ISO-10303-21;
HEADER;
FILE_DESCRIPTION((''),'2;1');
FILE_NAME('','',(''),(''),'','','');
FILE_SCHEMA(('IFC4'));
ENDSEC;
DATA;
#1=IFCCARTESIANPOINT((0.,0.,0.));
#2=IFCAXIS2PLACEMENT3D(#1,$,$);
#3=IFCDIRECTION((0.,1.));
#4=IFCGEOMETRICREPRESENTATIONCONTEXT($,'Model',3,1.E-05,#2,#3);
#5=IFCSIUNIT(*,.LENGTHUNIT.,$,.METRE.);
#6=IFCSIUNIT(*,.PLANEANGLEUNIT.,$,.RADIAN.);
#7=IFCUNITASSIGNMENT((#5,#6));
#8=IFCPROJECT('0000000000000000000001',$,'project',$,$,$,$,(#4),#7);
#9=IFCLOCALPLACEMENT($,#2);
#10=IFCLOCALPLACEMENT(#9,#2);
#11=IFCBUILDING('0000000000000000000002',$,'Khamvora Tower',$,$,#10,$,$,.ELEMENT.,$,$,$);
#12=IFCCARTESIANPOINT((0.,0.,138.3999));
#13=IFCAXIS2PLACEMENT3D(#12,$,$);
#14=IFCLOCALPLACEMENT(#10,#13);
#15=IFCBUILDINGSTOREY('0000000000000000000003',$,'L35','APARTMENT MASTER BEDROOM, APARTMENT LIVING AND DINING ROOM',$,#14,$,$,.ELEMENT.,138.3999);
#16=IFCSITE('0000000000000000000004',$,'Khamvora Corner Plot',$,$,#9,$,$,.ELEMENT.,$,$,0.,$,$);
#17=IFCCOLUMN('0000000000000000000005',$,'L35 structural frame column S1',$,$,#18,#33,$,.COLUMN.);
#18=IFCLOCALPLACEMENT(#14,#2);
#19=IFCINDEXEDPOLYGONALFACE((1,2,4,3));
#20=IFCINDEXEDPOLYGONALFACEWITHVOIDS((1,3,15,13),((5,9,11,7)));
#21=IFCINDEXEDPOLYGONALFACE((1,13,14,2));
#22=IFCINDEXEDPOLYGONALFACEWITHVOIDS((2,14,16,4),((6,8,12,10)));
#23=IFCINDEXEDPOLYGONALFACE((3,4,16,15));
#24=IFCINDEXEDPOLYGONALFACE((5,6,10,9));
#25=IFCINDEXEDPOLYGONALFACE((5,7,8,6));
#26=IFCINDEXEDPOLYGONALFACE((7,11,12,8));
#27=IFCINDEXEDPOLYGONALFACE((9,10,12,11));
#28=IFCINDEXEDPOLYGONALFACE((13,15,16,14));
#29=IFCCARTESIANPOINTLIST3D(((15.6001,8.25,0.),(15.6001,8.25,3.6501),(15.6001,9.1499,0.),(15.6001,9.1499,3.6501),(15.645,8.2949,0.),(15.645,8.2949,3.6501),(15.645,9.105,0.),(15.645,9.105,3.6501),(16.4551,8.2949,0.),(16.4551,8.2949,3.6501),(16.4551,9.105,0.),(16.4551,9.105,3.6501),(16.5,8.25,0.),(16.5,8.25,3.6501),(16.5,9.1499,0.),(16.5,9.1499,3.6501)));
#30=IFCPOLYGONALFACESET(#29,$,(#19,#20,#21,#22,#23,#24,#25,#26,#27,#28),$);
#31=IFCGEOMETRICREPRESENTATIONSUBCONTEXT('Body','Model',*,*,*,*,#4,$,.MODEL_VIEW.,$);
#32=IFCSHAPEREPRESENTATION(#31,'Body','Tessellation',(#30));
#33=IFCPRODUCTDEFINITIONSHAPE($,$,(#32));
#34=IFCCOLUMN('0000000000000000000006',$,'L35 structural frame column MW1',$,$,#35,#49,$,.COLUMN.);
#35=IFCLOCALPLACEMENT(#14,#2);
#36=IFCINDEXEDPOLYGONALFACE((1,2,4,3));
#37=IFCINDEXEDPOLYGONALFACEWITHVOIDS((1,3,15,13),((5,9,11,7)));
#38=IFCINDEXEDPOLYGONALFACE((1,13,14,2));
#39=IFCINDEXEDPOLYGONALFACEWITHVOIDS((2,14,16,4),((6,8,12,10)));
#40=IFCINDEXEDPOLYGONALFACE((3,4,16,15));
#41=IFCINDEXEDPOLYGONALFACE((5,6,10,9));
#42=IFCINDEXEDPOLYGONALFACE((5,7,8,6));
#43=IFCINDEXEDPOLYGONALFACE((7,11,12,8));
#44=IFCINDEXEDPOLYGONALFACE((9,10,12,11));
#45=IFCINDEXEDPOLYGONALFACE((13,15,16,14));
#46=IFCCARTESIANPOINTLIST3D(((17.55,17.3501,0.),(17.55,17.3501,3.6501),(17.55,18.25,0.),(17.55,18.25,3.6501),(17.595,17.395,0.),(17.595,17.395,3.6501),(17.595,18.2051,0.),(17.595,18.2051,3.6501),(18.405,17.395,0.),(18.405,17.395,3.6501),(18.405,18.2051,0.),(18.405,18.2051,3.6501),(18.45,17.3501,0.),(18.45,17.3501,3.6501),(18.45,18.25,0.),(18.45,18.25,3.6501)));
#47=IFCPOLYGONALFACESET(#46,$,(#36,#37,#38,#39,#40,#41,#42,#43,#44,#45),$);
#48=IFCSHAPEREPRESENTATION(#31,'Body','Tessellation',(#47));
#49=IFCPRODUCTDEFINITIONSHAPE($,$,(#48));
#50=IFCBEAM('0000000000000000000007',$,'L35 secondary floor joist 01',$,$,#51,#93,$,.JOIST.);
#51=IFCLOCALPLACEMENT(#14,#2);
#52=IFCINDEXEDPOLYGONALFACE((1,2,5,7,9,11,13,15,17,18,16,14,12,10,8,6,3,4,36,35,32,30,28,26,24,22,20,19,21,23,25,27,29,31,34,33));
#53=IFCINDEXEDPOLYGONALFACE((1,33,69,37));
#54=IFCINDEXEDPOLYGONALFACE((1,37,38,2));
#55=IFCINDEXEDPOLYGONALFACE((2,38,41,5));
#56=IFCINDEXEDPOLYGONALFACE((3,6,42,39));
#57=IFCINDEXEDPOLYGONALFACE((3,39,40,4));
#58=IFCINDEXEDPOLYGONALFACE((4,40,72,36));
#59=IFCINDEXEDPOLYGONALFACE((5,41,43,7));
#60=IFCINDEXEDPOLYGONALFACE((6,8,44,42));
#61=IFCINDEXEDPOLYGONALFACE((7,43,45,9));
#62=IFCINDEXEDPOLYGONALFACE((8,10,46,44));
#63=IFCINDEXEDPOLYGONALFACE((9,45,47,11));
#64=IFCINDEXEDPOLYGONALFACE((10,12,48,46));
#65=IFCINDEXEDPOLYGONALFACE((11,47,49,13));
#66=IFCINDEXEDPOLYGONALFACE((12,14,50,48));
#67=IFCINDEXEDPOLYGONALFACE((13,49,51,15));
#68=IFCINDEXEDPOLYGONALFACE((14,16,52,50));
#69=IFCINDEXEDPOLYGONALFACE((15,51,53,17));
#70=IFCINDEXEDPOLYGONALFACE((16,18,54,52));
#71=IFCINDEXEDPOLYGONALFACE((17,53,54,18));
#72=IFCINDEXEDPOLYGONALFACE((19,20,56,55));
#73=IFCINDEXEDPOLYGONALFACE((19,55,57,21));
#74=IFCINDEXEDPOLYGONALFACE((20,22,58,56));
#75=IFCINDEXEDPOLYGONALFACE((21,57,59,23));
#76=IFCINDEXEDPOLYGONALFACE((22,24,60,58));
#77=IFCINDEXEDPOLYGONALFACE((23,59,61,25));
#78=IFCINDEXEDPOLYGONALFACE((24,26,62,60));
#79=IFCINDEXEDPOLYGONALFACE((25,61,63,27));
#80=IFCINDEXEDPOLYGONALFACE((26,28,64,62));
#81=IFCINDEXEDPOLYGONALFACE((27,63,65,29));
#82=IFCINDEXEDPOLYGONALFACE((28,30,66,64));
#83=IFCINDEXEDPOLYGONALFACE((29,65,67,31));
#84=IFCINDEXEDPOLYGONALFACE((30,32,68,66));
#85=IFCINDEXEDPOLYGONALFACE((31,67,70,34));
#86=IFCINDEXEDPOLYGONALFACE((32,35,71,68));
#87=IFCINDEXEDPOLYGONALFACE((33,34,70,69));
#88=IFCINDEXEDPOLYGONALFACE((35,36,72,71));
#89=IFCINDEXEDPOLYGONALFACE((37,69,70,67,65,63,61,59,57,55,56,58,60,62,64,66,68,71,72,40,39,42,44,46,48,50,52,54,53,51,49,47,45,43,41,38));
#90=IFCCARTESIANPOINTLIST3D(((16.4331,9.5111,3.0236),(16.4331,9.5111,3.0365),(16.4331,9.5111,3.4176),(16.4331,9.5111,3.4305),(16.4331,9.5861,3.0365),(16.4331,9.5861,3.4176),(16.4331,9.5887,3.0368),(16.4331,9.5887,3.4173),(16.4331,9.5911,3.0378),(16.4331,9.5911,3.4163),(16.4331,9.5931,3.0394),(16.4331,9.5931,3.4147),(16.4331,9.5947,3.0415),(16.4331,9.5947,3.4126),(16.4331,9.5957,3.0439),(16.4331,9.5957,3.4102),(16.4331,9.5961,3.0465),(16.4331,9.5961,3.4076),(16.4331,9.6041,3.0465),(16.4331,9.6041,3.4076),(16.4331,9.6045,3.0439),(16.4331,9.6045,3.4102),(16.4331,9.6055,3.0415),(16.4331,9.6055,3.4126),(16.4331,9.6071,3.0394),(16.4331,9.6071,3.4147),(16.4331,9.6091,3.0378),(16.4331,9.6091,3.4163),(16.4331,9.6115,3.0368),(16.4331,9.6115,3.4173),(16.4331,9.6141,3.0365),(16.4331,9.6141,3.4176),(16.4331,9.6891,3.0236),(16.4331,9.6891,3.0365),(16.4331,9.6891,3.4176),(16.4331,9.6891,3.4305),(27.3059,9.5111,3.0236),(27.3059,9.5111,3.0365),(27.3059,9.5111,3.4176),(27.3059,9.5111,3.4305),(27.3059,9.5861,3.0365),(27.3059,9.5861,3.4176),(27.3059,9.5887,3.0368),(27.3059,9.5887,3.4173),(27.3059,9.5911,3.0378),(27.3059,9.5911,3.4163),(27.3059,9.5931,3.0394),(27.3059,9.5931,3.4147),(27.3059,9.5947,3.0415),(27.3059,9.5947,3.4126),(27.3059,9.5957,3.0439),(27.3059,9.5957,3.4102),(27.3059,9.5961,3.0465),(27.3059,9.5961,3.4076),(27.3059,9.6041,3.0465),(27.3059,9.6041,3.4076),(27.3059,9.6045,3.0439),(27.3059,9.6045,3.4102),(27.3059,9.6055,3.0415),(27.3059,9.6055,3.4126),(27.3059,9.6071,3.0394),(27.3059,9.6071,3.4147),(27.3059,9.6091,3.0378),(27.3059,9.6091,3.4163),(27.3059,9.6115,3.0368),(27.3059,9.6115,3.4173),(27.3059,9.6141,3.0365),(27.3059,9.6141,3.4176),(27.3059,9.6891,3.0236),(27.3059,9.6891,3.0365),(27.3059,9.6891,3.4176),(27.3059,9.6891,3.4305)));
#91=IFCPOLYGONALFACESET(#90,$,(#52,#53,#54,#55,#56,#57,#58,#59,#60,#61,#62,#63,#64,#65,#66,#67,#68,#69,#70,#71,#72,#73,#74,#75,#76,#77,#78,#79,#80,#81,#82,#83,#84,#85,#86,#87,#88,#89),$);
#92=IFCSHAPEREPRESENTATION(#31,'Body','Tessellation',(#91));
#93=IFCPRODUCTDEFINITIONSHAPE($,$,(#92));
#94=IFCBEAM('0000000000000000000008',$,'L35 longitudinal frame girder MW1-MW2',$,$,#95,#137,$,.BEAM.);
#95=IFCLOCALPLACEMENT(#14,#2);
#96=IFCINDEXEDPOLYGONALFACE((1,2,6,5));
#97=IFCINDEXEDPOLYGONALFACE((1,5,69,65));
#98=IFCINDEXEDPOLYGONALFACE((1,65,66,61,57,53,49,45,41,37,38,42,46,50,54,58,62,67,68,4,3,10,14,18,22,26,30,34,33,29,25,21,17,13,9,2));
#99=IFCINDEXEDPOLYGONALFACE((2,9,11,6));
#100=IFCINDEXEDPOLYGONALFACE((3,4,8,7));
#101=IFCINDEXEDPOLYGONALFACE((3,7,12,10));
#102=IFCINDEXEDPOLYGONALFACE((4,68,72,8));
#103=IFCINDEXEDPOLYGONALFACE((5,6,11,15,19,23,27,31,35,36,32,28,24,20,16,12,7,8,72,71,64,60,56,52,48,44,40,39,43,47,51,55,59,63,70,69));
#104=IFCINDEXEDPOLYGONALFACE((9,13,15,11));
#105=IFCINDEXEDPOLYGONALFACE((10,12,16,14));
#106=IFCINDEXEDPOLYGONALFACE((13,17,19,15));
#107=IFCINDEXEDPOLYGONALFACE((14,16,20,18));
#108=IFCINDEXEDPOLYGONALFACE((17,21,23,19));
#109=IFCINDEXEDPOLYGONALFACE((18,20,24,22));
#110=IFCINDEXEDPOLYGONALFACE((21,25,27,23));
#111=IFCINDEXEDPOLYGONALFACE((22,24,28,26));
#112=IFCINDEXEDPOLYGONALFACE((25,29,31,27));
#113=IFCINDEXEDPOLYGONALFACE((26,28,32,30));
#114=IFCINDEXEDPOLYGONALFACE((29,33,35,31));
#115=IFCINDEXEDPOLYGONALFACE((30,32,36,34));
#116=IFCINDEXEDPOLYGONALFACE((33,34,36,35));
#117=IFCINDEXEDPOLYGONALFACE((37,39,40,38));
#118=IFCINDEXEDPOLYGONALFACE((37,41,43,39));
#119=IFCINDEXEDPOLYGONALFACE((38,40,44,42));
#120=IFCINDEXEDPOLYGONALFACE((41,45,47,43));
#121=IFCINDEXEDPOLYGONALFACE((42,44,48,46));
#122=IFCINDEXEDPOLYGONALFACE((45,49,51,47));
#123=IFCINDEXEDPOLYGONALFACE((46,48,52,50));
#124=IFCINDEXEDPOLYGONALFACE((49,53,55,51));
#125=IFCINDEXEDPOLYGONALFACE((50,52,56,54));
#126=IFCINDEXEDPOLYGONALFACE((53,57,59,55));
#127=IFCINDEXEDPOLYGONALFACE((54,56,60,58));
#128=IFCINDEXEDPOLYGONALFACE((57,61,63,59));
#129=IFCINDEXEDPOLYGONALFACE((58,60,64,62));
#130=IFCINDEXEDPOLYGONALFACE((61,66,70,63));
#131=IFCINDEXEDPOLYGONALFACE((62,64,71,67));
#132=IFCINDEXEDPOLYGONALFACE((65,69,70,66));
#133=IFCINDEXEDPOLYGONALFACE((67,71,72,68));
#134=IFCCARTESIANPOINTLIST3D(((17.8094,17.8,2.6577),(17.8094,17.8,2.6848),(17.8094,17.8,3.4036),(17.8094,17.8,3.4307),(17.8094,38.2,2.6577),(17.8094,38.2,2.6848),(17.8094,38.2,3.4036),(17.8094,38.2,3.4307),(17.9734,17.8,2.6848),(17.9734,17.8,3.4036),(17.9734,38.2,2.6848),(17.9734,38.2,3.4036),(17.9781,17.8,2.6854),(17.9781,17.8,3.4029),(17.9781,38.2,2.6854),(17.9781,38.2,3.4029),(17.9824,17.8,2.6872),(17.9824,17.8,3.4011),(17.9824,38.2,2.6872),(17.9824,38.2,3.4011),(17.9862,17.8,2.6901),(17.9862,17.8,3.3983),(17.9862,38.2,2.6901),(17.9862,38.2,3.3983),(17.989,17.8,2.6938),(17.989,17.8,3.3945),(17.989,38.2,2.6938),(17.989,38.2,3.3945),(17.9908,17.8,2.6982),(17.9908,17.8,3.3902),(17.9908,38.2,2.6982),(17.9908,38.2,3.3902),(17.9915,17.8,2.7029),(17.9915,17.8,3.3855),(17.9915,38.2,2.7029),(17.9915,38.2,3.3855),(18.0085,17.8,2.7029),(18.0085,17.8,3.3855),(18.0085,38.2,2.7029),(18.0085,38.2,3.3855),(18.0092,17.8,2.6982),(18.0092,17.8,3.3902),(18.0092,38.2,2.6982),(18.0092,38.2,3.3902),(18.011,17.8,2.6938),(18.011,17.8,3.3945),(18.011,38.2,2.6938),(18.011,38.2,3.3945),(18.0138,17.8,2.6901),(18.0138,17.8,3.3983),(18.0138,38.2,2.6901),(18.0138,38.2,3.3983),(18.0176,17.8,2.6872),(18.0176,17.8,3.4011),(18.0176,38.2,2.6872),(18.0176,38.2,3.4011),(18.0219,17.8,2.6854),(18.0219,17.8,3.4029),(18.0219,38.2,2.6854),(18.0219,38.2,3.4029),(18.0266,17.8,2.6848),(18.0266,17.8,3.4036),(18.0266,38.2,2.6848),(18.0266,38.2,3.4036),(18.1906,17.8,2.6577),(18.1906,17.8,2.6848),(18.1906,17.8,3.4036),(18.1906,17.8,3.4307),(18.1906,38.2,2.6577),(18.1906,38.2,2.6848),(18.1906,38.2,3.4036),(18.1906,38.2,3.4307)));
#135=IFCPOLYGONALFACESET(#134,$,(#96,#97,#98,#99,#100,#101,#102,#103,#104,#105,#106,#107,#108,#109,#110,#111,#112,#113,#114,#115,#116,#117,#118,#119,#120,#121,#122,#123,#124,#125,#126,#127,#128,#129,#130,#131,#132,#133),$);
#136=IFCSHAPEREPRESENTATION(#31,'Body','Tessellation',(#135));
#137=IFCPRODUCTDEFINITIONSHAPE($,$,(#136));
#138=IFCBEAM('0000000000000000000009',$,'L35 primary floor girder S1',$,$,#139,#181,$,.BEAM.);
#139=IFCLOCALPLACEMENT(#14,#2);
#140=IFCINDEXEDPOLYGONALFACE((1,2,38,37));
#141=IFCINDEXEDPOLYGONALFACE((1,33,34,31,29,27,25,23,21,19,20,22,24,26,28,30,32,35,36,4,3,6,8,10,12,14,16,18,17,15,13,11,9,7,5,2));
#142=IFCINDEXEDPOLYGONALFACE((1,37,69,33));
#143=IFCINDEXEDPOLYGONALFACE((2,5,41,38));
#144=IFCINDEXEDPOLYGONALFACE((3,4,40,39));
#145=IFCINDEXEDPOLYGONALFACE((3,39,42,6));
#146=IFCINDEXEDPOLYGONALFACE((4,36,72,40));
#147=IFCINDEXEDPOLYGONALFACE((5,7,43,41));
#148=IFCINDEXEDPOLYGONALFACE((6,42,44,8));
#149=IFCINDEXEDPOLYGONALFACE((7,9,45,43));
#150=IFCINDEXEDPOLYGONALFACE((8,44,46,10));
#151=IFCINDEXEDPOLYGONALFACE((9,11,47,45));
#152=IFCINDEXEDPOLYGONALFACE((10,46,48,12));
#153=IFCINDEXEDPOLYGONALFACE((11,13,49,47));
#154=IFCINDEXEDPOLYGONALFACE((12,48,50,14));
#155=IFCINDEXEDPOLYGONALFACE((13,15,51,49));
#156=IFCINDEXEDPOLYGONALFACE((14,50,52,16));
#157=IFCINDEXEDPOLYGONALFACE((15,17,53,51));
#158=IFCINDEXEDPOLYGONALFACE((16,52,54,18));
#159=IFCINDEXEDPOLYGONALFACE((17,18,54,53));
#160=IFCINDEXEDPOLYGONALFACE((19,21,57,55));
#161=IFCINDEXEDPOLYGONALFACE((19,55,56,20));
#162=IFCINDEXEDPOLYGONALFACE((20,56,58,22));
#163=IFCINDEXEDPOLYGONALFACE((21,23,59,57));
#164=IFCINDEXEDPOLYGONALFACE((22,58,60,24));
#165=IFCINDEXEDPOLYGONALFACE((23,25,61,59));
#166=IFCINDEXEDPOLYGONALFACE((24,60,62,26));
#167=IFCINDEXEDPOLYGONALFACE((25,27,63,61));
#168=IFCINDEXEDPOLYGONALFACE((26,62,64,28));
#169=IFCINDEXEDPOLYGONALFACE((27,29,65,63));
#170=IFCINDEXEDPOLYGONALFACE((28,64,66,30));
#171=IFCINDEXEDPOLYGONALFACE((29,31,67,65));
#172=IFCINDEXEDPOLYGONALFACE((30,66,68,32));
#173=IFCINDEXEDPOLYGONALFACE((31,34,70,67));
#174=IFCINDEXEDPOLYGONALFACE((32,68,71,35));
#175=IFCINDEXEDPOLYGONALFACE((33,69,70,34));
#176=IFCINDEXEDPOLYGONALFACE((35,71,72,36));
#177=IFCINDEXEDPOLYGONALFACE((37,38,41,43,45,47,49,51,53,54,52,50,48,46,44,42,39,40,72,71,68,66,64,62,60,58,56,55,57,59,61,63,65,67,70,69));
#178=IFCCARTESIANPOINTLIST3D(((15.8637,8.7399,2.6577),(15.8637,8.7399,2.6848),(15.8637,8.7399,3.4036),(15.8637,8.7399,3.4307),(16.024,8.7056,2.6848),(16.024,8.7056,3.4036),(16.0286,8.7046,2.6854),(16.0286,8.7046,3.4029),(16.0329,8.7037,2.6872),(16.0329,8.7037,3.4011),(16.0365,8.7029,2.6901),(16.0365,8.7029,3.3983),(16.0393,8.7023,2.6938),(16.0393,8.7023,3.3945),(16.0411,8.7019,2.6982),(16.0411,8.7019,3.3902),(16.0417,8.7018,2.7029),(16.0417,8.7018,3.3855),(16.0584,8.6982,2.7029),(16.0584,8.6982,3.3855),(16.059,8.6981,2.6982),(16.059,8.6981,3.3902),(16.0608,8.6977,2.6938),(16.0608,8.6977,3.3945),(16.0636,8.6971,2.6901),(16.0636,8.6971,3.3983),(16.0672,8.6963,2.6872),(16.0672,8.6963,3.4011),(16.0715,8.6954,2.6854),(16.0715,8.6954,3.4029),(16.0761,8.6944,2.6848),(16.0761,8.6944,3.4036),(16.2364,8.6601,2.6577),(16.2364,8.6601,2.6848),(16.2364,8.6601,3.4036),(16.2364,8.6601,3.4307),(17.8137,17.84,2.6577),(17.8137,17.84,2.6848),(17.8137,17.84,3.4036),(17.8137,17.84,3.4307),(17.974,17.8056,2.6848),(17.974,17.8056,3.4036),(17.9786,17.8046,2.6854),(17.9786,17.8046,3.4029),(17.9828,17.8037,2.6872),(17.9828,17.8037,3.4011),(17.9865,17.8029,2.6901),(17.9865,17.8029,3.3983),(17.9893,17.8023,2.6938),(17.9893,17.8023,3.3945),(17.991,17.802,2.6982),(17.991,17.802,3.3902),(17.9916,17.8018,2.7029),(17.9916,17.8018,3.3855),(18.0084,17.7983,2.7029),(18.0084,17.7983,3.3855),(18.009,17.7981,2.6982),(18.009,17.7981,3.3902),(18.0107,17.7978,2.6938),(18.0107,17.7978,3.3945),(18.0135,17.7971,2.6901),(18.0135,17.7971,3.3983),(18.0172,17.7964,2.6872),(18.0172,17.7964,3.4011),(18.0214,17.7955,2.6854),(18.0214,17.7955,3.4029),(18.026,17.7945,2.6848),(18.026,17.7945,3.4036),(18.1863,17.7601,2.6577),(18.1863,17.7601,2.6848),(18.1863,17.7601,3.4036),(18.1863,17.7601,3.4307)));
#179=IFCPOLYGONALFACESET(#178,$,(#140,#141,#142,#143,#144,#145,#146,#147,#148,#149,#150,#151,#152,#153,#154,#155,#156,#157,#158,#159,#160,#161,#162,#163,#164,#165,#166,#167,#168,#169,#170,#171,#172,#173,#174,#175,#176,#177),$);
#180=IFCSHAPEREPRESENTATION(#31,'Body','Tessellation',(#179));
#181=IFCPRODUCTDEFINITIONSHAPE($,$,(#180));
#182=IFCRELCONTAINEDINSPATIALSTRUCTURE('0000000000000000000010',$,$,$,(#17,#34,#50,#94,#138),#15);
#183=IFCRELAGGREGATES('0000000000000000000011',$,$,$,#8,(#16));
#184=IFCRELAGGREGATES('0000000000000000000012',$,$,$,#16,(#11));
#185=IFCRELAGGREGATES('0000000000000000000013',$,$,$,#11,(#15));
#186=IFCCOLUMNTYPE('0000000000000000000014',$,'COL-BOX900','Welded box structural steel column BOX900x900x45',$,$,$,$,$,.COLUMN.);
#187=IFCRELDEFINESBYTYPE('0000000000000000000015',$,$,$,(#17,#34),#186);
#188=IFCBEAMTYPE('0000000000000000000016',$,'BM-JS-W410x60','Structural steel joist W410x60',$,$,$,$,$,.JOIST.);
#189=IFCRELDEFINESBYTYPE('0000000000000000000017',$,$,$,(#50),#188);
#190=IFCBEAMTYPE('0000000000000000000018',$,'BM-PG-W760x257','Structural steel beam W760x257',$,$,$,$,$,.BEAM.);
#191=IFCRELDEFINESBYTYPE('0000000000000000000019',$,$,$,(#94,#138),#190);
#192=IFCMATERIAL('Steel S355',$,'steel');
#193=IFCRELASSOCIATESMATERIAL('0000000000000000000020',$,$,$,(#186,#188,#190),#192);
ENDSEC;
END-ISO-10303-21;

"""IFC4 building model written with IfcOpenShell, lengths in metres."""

from ifc_helpers import new_model, si_unit, direction, frame, origin, origin_2d, place, context, subcontext, project, spatial, hollow_rectangle, i_section, extrude, material, material_profile, profile_set, type_object, element, save


model = new_model("IFC4")

# Units and contexts
model_context = context("Model", 3, precision=1e-05, world=origin(), true_north=direction((0.0, 1.0)))
body_context = subcontext(model_context, "Body", "Model", "MODEL_VIEW")
ifc_project = project(units=[si_unit("LENGTHUNIT", "METRE"), si_unit("PLANEANGLEUNIT", "RADIAN")], contexts=[model_context])

# Site, building, storey
site_placement = place(None, origin())
site = spatial("IfcSite", under=ifc_project, at=site_placement, Name="Khamvora Corner Plot", CompositionType="ELEMENT", RefElevation=0.0)
building_placement = place(site_placement, origin())
building = spatial("IfcBuilding", under=site, at=building_placement, Name="Khamvora Tower", CompositionType="ELEMENT")
storey_placement = place(building_placement, frame((0.0, 0.0, 138.3999)))
storey = spatial("IfcBuildingStorey", under=building, at=storey_placement, Name="L35", Description="APARTMENT MASTER BEDROOM, APARTMENT LIVING AND DINING ROOM", CompositionType="ELEMENT", Elevation=138.3999)

# Columns
ifc_material_1 = material(Name="Steel S355", Category="steel")
ifc_material_profile_1 = material_profile(ifc_material_1, hollow_rectangle(XDim=0.8999, YDim=0.8999, WallThickness=0.0449, at=origin_2d()), Name="BOX900x900x45")
ifc_profile_set_1 = profile_set([ifc_material_profile_1], Name="Steel S355")
column_type = type_object("IfcColumnType", Name="COL-BOX900", Description="Welded box structural steel column BOX900x900x45", PredefinedType="COLUMN", material=ifc_profile_set_1)
for number, where, z_axis, x_axis, name in (
    (1, (16.05, 8.7, 0.0), (0.0, 0.0, 1.0), (1.0, 0.0, 0.0), "L35 structural frame column S1"),
    (2, (18.0, 17.8, 0.0), (0.0, 0.0, 1.0), (1.0, 0.0, 0.0), "L35 structural frame column MW1"),
):
    element("IfcColumn", number, at=place(storey_placement, frame(where, z_axis=z_axis, x_axis=x_axis)), inside=storey, type_object=column_type, Name=name, PredefinedType="COLUMN", context=body_context, shape_type="SweptSolid", body=[
        extrude(hollow_rectangle(XDim=0.8999, YDim=0.8999, WallThickness=0.0449, at=origin_2d()), origin(), (0.0, 0.0, 1.0), 3.6501),
    ])

# Beams
ifc_material_profile_2 = material_profile(ifc_material_1, i_section(OverallWidth=0.178, OverallDepth=0.407, WebThickness=0.0081, FlangeThickness=0.0129, FilletRadius=0.01, at=origin_2d()), Name="W410x60")
ifc_profile_set_2 = profile_set([ifc_material_profile_2], Name="Steel S355")
beam_type_1 = type_object("IfcBeamType", Name="BM-JS-W410x60", Description="Structural steel joist W410x60", PredefinedType="JOIST", material=ifc_profile_set_2)
beam_1_placement = place(storey_placement, frame((16.4331, 9.6001, 3.2271), z_axis=(1.0, 0.0, 0.0), x_axis=(0.0, 1.0, 0.0)))
element("IfcBeam", 3, at=beam_1_placement, inside=storey, type_object=beam_type_1, Name="L35 secondary floor joist 01", PredefinedType="JOIST", context=body_context, shape_type="SweptSolid", body=[
    extrude(i_section(OverallWidth=0.178, OverallDepth=0.407, WebThickness=0.0081, FlangeThickness=0.0129, FilletRadius=0.01, at=origin_2d()), origin(), (0.0, 0.0, 1.0), 10.8728),
])
ifc_material_profile_3 = material_profile(ifc_material_1, i_section(OverallWidth=0.3811, OverallDepth=0.7729, WebThickness=0.0171, FlangeThickness=0.0271, FilletRadius=0.0181, at=origin_2d()), Name="W760x257")
ifc_profile_set_3 = profile_set([ifc_material_profile_3], Name="Steel S355")
beam_type_2 = type_object("IfcBeamType", Name="BM-PG-W760x257", Description="Structural steel beam W760x257", PredefinedType="BEAM", material=ifc_profile_set_3)
beam_2_placement = place(storey_placement, frame((18.0, 17.8, 3.0442), z_axis=(0.0, 1.0, 0.0), x_axis=(-1.0, 0.0, 0.0)))
element("IfcBeam", 4, at=beam_2_placement, inside=storey, type_object=beam_type_2, Name="L35 longitudinal frame girder MW1-MW2", PredefinedType="BEAM", context=body_context, shape_type="SweptSolid", body=[
    extrude(i_section(OverallWidth=0.3811, OverallDepth=0.7729, WebThickness=0.0171, FlangeThickness=0.0271, FilletRadius=0.0181, at=origin_2d()), origin(), (0.0, 0.0, 1.0), 20.3999),
])
beam_3_placement = place(storey_placement, frame((18.0, 17.8, 3.0442), z_axis=(-0.209522, -0.977804, 0.0), x_axis=(0.977804, -0.209522, 0.0)))
element("IfcBeam", 5, at=beam_3_placement, inside=storey, type_object=beam_type_2, Name="L35 primary floor girder S1", PredefinedType="BEAM", context=body_context, shape_type="SweptSolid", body=[
    extrude(i_section(OverallWidth=0.3811, OverallDepth=0.7729, WebThickness=0.0171, FlangeThickness=0.0271, FilletRadius=0.0181, at=origin_2d()), origin(), (0.0, 0.0, 1.0), 9.3066),
])

save(model, "model.ifc")
